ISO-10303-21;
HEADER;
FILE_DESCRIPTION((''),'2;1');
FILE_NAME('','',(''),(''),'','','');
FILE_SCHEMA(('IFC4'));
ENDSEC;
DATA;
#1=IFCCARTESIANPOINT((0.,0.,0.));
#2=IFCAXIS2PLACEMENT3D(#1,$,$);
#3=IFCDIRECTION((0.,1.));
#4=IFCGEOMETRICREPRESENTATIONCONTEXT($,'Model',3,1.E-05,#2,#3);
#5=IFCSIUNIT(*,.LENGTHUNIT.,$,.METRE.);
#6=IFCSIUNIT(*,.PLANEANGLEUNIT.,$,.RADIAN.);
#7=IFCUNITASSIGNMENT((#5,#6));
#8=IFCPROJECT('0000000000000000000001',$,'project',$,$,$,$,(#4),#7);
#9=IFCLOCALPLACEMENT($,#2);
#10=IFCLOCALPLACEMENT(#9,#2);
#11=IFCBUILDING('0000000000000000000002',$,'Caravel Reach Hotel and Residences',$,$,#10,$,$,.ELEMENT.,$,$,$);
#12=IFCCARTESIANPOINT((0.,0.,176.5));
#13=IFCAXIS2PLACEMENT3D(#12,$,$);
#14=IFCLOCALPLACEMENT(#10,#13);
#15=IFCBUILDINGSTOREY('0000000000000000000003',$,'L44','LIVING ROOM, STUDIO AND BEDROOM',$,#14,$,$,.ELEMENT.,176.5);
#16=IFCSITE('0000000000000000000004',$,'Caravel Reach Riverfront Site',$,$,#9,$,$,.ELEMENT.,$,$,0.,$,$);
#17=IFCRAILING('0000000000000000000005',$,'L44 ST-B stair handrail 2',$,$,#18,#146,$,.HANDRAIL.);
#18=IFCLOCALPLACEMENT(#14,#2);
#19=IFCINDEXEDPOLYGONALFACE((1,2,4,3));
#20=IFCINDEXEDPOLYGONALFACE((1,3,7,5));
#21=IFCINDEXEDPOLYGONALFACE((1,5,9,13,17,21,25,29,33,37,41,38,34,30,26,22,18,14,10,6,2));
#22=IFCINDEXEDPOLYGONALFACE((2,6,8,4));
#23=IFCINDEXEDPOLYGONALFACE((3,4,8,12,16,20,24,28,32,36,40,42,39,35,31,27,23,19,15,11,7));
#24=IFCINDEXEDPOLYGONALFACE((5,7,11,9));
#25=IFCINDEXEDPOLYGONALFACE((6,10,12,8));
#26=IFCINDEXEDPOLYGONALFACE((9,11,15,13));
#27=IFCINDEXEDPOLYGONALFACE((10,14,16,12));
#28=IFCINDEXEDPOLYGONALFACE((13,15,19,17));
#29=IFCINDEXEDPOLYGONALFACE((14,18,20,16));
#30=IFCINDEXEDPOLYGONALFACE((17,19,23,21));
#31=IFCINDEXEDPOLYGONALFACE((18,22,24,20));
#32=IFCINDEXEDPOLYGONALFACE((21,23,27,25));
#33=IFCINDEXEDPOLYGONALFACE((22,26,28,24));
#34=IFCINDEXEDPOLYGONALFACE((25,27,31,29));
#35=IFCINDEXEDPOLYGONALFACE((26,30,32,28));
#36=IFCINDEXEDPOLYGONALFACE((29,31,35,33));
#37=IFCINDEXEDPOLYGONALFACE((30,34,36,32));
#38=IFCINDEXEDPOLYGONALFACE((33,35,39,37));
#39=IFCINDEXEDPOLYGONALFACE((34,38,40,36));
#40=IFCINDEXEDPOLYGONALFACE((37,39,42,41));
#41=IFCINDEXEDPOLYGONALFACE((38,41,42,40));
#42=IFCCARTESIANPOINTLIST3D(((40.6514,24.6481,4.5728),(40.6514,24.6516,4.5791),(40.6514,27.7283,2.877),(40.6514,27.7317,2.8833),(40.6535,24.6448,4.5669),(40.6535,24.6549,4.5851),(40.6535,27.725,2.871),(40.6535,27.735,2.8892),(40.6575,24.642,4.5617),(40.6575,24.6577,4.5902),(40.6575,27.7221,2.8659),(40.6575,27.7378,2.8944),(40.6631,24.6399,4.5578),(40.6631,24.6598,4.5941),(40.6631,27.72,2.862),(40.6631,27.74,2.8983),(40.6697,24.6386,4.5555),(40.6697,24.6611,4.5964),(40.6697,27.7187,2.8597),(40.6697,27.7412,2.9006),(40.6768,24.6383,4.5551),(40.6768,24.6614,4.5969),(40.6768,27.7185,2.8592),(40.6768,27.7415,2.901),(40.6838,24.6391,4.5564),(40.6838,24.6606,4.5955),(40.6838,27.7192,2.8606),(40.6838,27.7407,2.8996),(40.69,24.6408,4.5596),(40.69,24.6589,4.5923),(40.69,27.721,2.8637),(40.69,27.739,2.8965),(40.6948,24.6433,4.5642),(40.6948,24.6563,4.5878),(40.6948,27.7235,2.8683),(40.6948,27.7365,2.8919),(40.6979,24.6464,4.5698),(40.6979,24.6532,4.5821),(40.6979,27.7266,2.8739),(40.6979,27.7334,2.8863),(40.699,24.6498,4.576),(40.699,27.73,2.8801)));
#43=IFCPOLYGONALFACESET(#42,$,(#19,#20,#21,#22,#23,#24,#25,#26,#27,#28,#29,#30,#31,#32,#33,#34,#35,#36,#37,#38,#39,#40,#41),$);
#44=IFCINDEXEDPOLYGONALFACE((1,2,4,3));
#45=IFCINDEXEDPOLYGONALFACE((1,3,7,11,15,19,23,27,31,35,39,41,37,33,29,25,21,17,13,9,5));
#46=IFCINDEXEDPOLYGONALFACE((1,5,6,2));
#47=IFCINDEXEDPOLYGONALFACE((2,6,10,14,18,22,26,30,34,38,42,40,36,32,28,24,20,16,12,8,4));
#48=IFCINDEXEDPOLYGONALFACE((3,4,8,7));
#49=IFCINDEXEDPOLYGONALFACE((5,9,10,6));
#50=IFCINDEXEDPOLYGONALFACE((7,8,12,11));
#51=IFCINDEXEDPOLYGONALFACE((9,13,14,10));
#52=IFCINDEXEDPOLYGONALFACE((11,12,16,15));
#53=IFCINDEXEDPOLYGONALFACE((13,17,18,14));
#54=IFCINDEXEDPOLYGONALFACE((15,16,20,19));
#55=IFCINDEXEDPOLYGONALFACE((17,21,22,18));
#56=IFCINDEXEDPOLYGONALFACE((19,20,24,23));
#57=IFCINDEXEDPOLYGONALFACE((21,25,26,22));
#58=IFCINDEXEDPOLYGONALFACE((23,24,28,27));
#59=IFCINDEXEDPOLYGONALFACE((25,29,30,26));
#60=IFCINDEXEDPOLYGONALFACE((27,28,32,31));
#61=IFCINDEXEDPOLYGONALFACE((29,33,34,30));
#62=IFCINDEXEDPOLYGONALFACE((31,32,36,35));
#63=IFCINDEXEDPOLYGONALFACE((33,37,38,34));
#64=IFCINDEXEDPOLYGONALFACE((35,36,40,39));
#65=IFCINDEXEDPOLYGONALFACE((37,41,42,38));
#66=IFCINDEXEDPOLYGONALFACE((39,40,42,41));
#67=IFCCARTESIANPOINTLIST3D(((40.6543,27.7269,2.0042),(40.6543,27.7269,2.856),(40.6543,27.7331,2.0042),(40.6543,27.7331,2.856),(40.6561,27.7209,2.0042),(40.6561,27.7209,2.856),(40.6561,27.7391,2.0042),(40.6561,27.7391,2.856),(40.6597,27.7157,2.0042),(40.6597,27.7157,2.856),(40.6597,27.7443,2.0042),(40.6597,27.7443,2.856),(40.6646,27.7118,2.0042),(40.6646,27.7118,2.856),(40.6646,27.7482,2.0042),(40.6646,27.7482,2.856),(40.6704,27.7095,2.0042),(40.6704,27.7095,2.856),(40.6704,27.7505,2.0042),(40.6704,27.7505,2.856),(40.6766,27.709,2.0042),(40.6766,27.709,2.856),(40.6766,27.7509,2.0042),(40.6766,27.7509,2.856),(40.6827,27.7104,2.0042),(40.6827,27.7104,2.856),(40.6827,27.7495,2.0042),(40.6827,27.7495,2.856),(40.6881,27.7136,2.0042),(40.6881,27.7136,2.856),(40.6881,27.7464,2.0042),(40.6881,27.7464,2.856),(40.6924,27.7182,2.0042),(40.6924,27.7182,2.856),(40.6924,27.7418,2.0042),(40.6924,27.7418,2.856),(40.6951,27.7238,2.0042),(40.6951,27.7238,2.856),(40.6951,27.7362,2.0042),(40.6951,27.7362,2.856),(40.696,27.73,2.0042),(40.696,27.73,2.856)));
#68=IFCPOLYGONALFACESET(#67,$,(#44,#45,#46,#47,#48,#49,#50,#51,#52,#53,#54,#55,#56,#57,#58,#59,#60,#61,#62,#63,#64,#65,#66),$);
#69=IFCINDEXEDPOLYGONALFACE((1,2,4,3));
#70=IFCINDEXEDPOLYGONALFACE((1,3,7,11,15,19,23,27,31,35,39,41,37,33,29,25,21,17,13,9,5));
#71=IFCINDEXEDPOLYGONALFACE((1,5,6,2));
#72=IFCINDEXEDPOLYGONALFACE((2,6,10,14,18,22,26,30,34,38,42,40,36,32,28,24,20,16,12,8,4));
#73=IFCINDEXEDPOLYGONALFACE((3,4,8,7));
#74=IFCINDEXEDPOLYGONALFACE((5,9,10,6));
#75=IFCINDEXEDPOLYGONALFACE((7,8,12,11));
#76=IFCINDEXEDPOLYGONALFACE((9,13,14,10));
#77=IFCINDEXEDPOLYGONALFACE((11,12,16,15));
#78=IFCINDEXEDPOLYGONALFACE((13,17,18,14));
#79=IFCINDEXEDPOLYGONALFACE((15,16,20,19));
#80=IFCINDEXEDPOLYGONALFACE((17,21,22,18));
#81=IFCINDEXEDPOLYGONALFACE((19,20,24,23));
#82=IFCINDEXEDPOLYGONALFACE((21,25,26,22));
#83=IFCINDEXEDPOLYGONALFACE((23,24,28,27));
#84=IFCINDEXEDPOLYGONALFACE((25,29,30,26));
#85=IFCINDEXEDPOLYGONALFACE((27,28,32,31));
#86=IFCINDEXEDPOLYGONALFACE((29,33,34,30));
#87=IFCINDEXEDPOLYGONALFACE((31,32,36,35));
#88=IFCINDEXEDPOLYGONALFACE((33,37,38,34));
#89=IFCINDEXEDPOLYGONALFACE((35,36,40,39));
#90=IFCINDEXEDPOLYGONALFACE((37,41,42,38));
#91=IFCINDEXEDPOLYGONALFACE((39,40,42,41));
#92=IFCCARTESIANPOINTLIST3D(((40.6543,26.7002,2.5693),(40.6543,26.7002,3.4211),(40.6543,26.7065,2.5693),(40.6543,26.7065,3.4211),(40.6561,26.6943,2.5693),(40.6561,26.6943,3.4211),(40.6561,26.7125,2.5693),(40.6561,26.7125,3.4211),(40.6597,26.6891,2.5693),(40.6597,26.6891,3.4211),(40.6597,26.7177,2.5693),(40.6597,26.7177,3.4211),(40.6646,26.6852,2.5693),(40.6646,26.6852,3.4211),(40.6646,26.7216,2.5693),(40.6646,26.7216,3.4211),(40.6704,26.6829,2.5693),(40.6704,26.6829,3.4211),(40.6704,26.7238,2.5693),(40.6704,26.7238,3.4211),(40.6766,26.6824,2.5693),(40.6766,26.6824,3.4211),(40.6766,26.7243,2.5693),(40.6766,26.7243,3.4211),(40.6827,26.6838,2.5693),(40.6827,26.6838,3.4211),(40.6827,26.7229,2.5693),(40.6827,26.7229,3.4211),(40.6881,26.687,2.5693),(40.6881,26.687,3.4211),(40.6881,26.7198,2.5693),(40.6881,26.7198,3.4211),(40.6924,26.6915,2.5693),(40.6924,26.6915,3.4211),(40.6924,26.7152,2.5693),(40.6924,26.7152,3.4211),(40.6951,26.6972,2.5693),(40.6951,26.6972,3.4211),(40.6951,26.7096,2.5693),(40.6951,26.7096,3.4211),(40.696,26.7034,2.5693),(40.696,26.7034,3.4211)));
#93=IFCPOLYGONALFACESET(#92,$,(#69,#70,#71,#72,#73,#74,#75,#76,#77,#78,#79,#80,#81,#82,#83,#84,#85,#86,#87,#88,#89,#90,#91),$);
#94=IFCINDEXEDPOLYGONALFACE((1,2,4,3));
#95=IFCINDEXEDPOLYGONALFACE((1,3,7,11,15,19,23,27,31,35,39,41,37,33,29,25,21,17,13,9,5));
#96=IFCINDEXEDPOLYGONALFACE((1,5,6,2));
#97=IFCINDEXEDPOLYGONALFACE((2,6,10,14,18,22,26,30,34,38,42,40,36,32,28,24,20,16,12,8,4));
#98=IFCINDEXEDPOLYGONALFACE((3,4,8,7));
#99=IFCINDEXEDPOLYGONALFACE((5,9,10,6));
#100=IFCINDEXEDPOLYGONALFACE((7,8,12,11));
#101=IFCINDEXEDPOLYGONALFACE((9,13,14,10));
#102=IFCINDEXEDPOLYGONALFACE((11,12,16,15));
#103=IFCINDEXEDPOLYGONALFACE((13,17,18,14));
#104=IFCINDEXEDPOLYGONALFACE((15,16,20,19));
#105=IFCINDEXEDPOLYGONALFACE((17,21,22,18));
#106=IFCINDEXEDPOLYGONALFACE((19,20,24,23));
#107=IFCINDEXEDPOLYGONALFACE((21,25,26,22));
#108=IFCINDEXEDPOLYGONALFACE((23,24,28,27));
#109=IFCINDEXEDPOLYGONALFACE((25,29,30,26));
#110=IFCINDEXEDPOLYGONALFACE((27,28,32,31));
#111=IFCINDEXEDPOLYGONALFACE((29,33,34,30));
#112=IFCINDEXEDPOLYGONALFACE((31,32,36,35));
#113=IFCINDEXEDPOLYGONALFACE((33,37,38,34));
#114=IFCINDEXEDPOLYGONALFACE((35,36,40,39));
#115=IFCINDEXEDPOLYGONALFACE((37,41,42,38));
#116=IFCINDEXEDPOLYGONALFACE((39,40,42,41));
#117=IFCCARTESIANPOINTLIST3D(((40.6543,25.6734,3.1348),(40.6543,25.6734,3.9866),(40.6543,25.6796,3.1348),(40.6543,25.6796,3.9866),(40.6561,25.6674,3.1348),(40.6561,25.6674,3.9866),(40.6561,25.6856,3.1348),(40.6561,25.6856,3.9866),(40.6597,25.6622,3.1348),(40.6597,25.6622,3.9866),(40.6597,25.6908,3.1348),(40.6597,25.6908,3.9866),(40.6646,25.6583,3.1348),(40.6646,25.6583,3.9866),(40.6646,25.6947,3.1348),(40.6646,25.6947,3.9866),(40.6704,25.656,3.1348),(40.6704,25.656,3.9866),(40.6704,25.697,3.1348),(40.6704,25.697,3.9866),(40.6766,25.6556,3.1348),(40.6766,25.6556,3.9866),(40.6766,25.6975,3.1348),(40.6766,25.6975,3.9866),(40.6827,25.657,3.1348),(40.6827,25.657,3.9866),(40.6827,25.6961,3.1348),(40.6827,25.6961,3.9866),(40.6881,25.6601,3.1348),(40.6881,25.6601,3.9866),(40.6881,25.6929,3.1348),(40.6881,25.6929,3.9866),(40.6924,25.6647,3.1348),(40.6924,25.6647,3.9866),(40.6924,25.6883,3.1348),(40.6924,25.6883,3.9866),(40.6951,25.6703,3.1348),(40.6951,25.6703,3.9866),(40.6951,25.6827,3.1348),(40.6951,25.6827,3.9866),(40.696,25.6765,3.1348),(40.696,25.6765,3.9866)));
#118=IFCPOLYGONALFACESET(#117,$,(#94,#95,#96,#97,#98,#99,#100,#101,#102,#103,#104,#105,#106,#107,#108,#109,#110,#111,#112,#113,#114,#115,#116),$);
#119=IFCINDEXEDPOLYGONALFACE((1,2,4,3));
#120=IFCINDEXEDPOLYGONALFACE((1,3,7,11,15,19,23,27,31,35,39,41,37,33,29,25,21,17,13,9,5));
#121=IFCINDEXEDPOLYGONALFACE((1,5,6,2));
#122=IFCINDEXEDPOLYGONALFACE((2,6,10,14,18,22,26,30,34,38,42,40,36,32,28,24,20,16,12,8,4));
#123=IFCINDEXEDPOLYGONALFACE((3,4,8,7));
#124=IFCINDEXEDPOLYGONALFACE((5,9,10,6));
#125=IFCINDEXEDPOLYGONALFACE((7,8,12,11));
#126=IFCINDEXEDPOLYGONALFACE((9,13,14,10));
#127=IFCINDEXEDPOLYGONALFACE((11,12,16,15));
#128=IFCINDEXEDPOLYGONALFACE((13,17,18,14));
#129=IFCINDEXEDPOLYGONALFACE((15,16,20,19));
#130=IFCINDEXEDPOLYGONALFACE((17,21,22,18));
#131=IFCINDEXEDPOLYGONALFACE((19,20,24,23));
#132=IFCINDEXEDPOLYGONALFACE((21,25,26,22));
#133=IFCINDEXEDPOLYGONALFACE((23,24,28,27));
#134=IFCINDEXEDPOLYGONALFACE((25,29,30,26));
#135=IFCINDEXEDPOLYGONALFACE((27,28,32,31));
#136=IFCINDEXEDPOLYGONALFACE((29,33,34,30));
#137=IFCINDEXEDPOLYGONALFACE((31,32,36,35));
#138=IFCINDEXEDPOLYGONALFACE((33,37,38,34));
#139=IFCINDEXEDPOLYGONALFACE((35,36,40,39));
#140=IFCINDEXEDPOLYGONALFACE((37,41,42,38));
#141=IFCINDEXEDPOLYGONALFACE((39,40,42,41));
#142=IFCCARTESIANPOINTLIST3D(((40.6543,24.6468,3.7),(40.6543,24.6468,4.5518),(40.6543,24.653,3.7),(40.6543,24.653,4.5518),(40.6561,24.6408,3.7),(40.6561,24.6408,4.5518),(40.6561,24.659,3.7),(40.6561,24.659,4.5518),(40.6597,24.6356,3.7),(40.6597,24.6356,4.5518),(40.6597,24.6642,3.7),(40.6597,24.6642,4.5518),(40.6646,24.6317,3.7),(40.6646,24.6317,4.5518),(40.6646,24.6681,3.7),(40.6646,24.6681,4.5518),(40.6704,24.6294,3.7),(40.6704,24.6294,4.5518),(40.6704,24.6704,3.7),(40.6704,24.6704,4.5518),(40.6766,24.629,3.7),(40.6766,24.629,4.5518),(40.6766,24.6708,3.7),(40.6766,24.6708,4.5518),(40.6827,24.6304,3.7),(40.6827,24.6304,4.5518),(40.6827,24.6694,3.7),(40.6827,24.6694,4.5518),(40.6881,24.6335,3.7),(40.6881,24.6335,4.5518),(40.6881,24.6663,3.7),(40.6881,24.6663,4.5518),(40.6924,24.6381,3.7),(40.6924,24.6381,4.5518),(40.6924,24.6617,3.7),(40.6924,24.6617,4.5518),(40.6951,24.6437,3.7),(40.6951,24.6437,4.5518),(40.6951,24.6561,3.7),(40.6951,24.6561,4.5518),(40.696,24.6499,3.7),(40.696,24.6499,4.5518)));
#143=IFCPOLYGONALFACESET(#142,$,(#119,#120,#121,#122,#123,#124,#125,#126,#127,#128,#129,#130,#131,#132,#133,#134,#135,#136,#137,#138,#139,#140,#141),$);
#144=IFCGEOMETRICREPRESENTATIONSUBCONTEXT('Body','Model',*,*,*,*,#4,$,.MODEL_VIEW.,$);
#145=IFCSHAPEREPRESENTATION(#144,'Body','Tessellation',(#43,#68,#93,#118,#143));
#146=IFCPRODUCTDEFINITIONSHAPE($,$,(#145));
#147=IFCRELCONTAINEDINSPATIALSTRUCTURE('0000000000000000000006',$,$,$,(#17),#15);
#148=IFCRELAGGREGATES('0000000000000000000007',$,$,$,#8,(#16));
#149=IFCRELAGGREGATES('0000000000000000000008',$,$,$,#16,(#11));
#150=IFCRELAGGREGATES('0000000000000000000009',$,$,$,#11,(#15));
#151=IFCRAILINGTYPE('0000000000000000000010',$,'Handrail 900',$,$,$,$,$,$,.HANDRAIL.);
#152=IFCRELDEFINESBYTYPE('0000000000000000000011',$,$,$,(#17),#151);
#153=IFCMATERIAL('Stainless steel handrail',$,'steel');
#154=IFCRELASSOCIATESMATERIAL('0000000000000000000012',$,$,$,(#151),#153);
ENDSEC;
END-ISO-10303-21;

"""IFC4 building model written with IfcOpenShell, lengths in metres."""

from ifc_helpers import new_model, si_unit, direction, frame, origin, origin_2d, place, context, subcontext, project, spatial, circle, extrude, material, type_object, element, save


model = new_model("IFC4")

# Units and contexts
model_context = context("Model", 3, precision=1e-05, world=origin(), true_north=direction((0.0, 1.0)))
body_context = subcontext(model_context, "Body", "Model", "MODEL_VIEW")
ifc_project = project(units=[si_unit("LENGTHUNIT", "METRE"), si_unit("PLANEANGLEUNIT", "RADIAN")], contexts=[model_context])

# Site, building, storey
site_placement = place(None, origin())
site = spatial("IfcSite", under=ifc_project, at=site_placement, Name="Caravel Reach Riverfront Site", CompositionType="ELEMENT", RefElevation=0.0)
building_placement = place(site_placement, origin())
building = spatial("IfcBuilding", under=site, at=building_placement, Name="Caravel Reach Hotel and Residences", CompositionType="ELEMENT")
storey_placement = place(building_placement, frame((0.0, 0.0, 176.5)))
storey = spatial("IfcBuildingStorey", under=building, at=storey_placement, Name="L44", Description="LIVING ROOM, STUDIO AND BEDROOM", CompositionType="ELEMENT", Elevation=176.5)

# Railing
ifc_material_1 = material(Name="Stainless steel handrail", Category="steel")
railing_type_1 = type_object("IfcRailingType", Name="Handrail 900", PredefinedType="HANDRAIL", material=ifc_material_1)
railing_1_placement = place(storey_placement, frame((40.675, 27.73, 2.0042)))
element("IfcRailing", 1, at=railing_1_placement, inside=storey, type_object=railing_type_1, Name="L44 ST-B stair handrail 2", PredefinedType="HANDRAIL", context=body_context, shape_type="SweptSolid", body=[
    extrude(circle(Radius=0.0239, at=origin_2d()), frame((0.0, 0.0, 0.876), z_axis=(0.0, -0.876005, 0.482303), x_axis=(1.0, 0.0, 0.0)), (0.0, 0.0, 1.0), 3.5161),
    extrude(circle(Radius=0.021, at=origin_2d()), origin(), (0.0, 0.0, 1.0), 0.8518),
    extrude(circle(Radius=0.021, at=origin_2d()), frame((0.0, -1.0266, 0.5652)), (0.0, 0.0, 1.0), 0.8518),
    extrude(circle(Radius=0.021, at=origin_2d()), frame((0.0, -2.0535, 1.1306)), (0.0, 0.0, 1.0), 0.8518),
    extrude(circle(Radius=0.021, at=origin_2d()), frame((0.0, -3.0801, 1.6958)), (0.0, 0.0, 1.0), 0.8518),
])

save(model, "model.ifc")
